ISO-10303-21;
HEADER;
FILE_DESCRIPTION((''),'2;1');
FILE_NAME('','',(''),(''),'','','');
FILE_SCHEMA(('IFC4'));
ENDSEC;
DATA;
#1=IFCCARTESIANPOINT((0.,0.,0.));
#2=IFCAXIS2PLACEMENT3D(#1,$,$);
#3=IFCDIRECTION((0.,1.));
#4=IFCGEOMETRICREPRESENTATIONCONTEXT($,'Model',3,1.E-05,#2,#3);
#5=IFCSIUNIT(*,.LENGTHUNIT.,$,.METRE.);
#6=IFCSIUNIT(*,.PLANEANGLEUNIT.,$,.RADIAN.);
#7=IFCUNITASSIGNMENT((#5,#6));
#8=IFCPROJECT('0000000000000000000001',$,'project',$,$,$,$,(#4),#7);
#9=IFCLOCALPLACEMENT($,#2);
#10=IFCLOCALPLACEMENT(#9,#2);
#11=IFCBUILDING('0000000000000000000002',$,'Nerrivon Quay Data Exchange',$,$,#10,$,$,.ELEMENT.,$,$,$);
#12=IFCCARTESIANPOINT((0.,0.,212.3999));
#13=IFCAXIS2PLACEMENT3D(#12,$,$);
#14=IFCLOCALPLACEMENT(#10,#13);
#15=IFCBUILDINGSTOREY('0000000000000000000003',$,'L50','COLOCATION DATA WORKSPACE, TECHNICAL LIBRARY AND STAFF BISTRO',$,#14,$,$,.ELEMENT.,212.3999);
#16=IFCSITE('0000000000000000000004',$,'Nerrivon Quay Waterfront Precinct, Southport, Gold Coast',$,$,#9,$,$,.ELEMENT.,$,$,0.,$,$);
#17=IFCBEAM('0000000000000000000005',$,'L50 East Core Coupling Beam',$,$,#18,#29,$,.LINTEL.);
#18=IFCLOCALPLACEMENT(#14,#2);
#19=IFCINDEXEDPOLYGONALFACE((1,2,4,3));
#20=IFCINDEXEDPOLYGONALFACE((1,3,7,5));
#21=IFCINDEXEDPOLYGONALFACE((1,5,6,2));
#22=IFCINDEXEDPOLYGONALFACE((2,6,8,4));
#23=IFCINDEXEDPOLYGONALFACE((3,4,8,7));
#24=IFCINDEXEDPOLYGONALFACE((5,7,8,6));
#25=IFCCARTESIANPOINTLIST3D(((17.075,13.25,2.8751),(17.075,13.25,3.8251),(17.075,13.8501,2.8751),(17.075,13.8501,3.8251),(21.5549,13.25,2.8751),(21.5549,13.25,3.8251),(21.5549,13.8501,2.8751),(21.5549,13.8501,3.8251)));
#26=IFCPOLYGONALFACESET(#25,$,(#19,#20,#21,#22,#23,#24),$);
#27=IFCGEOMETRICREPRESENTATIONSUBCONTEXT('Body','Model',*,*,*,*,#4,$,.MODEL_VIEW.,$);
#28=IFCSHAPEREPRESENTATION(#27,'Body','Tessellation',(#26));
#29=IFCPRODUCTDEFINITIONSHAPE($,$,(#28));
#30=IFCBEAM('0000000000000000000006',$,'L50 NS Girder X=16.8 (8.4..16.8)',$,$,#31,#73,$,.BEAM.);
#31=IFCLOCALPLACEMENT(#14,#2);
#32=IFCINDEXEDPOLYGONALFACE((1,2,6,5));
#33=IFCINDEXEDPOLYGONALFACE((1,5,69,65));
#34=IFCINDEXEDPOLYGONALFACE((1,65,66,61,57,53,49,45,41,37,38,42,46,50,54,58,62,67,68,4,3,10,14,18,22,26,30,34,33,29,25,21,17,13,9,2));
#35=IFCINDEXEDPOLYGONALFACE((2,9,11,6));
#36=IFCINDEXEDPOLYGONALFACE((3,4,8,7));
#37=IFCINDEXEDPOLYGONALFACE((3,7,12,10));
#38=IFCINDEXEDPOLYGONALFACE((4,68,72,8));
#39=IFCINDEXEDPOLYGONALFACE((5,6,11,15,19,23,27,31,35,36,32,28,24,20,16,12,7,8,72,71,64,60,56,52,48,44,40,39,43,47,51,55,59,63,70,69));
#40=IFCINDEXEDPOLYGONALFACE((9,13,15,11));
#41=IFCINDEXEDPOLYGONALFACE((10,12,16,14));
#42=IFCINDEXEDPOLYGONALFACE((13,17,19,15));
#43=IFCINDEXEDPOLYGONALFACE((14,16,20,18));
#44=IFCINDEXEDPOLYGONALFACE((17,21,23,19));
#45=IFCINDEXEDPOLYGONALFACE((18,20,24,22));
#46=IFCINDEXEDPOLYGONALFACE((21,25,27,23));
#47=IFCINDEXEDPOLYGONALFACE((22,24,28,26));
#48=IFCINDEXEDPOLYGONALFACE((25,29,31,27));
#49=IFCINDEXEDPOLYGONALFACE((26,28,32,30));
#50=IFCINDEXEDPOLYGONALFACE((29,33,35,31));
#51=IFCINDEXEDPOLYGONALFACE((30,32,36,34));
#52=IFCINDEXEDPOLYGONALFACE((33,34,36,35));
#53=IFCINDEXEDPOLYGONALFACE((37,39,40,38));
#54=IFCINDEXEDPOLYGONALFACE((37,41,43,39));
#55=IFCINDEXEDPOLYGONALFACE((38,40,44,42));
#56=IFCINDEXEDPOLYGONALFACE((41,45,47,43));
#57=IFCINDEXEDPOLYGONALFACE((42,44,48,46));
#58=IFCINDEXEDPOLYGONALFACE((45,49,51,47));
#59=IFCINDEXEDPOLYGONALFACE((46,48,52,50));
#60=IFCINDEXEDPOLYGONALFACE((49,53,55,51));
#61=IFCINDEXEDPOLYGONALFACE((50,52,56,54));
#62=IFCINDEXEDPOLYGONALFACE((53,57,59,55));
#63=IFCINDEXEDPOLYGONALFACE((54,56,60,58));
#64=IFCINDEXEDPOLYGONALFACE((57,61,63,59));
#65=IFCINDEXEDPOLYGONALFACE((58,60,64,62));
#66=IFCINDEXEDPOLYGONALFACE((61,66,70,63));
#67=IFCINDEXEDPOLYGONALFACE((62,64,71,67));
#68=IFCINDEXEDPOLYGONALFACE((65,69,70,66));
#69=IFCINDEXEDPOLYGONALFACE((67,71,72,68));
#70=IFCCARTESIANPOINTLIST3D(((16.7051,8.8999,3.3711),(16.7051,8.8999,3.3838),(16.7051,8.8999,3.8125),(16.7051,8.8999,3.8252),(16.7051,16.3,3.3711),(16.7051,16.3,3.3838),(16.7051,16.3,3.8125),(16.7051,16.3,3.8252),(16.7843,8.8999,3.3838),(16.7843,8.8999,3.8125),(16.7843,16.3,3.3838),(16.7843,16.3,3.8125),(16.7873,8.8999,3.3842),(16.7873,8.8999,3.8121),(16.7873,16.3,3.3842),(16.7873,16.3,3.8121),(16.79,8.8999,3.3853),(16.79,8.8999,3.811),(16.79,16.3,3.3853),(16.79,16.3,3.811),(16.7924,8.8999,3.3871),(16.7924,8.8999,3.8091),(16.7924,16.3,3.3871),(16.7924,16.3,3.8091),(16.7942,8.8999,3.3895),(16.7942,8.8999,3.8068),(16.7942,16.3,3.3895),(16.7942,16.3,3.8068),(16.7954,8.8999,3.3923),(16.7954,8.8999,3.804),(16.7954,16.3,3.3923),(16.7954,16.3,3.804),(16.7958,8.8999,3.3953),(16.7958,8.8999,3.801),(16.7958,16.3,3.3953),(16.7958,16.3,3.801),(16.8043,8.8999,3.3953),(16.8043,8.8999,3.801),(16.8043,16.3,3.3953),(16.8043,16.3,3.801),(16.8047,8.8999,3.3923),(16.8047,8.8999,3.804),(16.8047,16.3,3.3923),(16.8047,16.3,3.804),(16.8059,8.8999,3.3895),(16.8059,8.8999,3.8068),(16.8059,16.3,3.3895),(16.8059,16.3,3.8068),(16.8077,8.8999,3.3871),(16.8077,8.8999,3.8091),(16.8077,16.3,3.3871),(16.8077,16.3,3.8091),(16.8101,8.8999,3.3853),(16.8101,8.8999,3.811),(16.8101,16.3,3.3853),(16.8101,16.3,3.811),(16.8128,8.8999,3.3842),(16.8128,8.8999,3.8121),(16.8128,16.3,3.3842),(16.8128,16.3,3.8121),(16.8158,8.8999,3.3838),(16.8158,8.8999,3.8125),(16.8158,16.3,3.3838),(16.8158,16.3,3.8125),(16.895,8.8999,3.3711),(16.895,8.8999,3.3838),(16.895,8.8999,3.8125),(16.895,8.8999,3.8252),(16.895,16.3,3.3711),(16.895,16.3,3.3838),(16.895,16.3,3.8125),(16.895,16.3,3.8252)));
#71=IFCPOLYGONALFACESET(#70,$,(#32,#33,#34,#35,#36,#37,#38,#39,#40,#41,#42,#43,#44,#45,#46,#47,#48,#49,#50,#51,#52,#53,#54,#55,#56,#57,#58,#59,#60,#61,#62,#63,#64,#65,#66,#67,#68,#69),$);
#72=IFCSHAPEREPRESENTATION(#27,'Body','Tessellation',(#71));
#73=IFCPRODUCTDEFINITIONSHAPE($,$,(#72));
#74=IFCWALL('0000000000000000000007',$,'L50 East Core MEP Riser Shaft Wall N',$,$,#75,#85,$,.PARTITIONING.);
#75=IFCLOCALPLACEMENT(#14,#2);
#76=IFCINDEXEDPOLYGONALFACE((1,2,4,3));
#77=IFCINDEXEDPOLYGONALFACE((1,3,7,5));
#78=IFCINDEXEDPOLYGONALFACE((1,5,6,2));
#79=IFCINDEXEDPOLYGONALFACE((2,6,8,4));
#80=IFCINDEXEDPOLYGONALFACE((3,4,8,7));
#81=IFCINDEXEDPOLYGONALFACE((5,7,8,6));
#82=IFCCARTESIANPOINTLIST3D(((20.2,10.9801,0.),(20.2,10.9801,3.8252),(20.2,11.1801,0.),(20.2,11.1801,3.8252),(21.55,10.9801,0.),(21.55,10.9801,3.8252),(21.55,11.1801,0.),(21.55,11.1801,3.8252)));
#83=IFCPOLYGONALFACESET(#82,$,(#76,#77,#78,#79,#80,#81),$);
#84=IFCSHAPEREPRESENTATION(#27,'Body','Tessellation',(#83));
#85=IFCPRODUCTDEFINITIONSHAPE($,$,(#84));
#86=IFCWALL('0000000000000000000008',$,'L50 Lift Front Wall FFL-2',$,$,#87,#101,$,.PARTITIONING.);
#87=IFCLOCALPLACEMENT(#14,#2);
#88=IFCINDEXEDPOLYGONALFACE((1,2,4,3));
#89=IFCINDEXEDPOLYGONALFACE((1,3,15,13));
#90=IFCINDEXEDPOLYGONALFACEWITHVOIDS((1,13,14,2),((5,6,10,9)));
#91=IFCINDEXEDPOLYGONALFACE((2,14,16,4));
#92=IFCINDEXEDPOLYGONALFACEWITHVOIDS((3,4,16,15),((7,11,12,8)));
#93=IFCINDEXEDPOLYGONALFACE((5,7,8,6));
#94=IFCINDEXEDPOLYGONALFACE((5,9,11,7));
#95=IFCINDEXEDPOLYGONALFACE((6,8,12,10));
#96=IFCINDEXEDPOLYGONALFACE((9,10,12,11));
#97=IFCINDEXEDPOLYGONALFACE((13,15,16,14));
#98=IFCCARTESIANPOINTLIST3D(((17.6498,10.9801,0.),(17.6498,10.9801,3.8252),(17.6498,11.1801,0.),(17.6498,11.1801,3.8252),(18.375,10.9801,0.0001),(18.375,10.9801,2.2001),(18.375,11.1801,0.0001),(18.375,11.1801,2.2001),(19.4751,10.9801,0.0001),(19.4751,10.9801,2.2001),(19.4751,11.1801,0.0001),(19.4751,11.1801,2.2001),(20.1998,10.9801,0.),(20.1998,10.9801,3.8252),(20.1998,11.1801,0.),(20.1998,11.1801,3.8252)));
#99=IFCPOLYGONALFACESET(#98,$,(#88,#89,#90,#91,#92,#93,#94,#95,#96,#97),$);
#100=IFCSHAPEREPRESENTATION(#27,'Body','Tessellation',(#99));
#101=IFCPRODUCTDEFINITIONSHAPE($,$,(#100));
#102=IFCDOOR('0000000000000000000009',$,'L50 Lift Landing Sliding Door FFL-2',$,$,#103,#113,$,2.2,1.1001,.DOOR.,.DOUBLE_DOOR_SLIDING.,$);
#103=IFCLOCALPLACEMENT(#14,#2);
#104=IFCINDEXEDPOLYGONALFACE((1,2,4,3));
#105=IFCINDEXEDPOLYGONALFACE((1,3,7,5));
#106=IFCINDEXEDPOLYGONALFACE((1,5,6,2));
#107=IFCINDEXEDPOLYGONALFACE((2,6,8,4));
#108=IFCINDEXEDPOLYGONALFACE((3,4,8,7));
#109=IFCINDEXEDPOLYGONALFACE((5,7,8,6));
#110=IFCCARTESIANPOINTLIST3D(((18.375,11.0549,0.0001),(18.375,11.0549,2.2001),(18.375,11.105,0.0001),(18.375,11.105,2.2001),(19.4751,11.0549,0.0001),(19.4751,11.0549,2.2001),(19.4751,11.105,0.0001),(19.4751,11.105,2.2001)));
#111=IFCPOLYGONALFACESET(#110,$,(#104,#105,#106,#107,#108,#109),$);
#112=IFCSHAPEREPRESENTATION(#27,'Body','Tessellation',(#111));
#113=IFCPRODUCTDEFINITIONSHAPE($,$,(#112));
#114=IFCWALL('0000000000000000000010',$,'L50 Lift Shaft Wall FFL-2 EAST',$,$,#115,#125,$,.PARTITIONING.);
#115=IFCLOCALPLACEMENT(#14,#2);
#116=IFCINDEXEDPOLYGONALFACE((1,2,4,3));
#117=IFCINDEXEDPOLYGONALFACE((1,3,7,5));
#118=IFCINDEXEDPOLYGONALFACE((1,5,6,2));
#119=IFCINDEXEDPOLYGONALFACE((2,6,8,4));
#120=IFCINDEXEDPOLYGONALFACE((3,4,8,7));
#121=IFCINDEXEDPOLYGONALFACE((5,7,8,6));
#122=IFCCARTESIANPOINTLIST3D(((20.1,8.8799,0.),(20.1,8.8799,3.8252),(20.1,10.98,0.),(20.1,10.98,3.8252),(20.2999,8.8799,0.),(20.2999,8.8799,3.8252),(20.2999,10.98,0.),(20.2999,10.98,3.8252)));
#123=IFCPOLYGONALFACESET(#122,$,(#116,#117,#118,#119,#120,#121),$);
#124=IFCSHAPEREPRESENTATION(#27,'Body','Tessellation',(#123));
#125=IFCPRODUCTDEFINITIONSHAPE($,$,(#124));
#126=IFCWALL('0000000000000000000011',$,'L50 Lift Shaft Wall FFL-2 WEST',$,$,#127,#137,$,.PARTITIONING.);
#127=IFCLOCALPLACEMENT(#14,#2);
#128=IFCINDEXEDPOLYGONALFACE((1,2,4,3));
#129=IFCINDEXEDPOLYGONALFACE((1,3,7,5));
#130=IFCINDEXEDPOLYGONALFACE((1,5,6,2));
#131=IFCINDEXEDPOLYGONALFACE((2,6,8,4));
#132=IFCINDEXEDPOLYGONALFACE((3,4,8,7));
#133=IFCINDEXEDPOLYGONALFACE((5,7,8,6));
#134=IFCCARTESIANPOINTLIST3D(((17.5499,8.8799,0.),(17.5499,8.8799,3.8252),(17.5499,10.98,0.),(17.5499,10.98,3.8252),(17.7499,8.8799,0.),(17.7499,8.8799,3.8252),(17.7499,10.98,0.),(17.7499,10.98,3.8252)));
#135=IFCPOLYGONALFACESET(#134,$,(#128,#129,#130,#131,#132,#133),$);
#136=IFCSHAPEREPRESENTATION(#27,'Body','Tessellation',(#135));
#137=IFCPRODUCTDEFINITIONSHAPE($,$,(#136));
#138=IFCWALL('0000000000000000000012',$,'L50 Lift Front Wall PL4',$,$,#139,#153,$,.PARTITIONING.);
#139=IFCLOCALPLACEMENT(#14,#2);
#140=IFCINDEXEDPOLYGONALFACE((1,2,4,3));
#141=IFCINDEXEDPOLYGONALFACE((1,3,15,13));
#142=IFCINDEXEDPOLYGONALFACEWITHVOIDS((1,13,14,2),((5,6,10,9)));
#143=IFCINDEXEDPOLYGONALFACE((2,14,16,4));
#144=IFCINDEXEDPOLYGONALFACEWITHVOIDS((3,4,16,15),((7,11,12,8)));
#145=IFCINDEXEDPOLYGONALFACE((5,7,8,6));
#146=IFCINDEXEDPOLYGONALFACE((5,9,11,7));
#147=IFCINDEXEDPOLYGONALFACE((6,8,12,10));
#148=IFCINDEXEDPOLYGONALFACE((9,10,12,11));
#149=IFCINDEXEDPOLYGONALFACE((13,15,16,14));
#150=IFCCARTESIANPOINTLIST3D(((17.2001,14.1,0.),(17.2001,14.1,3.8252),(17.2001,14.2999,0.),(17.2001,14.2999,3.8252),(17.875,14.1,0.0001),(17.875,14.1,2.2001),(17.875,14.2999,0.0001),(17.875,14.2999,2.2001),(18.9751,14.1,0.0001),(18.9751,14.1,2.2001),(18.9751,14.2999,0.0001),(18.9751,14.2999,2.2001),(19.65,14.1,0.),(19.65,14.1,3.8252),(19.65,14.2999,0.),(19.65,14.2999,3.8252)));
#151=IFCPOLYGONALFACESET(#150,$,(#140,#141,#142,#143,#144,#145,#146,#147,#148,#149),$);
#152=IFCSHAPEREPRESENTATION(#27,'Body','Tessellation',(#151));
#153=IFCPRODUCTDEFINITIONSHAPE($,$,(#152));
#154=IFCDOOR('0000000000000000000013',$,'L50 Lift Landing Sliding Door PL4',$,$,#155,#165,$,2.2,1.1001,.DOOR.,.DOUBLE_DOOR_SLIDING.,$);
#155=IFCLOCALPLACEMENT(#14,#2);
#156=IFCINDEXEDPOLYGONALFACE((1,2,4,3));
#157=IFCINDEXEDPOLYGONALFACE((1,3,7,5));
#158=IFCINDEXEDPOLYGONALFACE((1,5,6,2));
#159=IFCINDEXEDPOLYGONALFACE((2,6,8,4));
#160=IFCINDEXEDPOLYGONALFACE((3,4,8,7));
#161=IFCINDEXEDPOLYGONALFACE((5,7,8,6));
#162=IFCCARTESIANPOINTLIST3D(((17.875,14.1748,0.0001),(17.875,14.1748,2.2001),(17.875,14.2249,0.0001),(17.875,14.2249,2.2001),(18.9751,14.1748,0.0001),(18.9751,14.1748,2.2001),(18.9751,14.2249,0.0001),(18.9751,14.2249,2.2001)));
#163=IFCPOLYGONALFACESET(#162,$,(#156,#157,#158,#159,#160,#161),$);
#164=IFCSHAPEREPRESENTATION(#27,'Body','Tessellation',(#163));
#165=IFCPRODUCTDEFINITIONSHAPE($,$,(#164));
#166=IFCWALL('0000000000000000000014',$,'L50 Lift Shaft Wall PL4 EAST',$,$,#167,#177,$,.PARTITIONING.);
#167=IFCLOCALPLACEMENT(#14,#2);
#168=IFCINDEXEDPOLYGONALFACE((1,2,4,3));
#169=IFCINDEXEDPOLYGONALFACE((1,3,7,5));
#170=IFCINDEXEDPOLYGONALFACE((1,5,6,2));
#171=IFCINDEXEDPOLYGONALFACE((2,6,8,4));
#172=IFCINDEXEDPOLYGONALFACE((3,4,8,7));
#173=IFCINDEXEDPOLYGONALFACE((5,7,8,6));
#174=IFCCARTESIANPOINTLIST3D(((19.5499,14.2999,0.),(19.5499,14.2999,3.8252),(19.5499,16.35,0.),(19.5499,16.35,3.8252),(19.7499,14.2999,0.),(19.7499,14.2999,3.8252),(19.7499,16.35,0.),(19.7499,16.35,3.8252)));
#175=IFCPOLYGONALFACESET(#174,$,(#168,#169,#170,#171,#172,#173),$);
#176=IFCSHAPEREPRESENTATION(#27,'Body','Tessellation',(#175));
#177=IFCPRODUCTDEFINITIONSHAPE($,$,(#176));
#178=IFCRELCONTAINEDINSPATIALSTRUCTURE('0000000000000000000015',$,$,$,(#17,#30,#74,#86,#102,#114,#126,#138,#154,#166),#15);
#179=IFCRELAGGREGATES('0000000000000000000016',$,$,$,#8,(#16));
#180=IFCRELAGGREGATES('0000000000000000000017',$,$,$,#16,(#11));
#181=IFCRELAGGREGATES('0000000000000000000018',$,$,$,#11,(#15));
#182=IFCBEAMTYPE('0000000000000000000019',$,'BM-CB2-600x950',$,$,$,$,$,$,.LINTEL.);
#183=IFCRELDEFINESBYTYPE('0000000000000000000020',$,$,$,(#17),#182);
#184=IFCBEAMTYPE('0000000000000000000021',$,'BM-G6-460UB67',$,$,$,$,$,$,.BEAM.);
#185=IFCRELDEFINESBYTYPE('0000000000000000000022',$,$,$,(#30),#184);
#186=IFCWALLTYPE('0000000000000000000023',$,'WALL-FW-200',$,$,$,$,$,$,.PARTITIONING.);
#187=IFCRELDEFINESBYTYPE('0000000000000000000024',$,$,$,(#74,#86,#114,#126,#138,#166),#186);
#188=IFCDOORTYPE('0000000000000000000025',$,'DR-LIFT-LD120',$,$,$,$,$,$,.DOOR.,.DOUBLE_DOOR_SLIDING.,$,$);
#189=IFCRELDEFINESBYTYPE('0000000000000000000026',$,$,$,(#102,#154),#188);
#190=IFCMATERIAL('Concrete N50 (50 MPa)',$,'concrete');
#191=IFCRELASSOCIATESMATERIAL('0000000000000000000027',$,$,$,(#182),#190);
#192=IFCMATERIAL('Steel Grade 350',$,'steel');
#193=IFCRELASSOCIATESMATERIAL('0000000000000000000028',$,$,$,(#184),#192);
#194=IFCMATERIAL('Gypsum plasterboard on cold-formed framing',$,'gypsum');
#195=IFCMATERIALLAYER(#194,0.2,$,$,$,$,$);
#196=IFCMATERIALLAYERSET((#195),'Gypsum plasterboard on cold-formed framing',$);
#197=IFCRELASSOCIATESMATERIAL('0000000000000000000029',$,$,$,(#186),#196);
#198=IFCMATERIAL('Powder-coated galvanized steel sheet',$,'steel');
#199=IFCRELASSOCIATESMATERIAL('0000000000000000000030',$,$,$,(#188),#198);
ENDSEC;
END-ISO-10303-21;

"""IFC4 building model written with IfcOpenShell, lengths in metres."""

from ifc_helpers import new_model, si_unit, direction, frame, frame_2d, origin, origin_2d, place, context, subcontext, project, spatial, rectangle, i_section, extrude, material, layer, layer_set, material_profile, profile_set, type_object, element, fill, save


model = new_model("IFC4")

# Units and contexts
model_context = context("Model", 3, precision=1e-05, world=origin(), true_north=direction((0.0, 1.0)))
body_context = subcontext(model_context, "Body", "Model", "MODEL_VIEW")
ifc_project = project(units=[si_unit("LENGTHUNIT", "METRE"), si_unit("PLANEANGLEUNIT", "RADIAN")], contexts=[model_context])

# Site, building, storey
site_placement = place(None, origin())
site = spatial("IfcSite", under=ifc_project, at=site_placement, Name="Nerrivon Quay Waterfront Precinct, Southport, Gold Coast", CompositionType="ELEMENT", RefElevation=0.0)
building_placement = place(site_placement, origin())
building = spatial("IfcBuilding", under=site, at=building_placement, Name="Nerrivon Quay Data Exchange", CompositionType="ELEMENT")
storey_placement = place(building_placement, frame((0.0, 0.0, 212.3999)))
storey = spatial("IfcBuildingStorey", under=building, at=storey_placement, Name="L50", Description="COLOCATION DATA WORKSPACE, TECHNICAL LIBRARY AND STAFF BISTRO", CompositionType="ELEMENT", Elevation=212.3999)

# Beams
ifc_material_1 = material(Name="Concrete N50 (50 MPa)", Category="concrete")
ifc_material_profile_1 = material_profile(ifc_material_1, rectangle(XDim=0.6001, YDim=0.95, at=origin_2d()), Name="RC-CB-600x950")
ifc_profile_set_1 = profile_set([ifc_material_profile_1], Name="Concrete N50 (50 MPa)")
beam_type_1 = type_object("IfcBeamType", Name="BM-CB2-600x950", PredefinedType="LINTEL", material=ifc_profile_set_1)
beam_1_placement = place(storey_placement, frame((17.075, 13.55, 3.3501), z_axis=(1.0, 0.0, 0.0), x_axis=(0.0, 1.0, 0.0)))
element("IfcBeam", 1, at=beam_1_placement, inside=storey, type_object=beam_type_1, Name="L50 East Core Coupling Beam", PredefinedType="LINTEL", context=body_context, shape_type="SweptSolid", body=[
    extrude(rectangle(XDim=0.6001, YDim=0.95, at=origin_2d()), origin(), (0.0, 0.0, 1.0), 4.48),
])
ifc_material_2 = material(Name="Steel Grade 350", Category="steel")
ifc_material_profile_2 = material_profile(ifc_material_2, i_section(OverallWidth=0.1899, OverallDepth=0.4541, WebThickness=0.0085, FlangeThickness=0.0127, FilletRadius=0.0115, at=origin_2d()), Name="460UB67.1")
ifc_profile_set_2 = profile_set([ifc_material_profile_2], Name="Steel Grade 350")
beam_type_2 = type_object("IfcBeamType", Name="BM-G6-460UB67", PredefinedType="BEAM", material=ifc_profile_set_2)
beam_2_placement = place(storey_placement, frame((16.8, 8.8999, 3.5981), z_axis=(0.0, 1.0, 0.0), x_axis=(-1.0, 0.0, 0.0)))
element("IfcBeam", 2, at=beam_2_placement, inside=storey, type_object=beam_type_2, Name="L50 NS Girder X=16.8 (8.4..16.8)", PredefinedType="BEAM", context=body_context, shape_type="SweptSolid", body=[
    extrude(i_section(OverallWidth=0.1899, OverallDepth=0.4541, WebThickness=0.0085, FlangeThickness=0.0127, FilletRadius=0.0115, at=origin_2d()), origin(), (0.0, 0.0, 1.0), 7.4001),
])

# Shared definitions
ifc_material_3 = material(Name="Powder-coated galvanized steel sheet", Category="steel")

# Wall
ifc_material_4 = material(Name="Gypsum plasterboard on cold-formed framing", Category="gypsum")
ifc_layer_1 = layer(ifc_material_4, 0.2)
ifc_layer_set_1 = layer_set([ifc_layer_1], Name="Gypsum plasterboard on cold-formed framing")
wall_type_1 = type_object("IfcWallType", Name="WALL-FW-200", PredefinedType="PARTITIONING", material=ifc_layer_set_1)
wall_1_placement = place(storey_placement, frame((20.2, 11.0801, 0.0), z_axis=(0.0, 0.0, 1.0), x_axis=(1.0, 0.0, 0.0)))
element("IfcWall", 3, at=wall_1_placement, inside=storey, type_object=wall_type_1, Name="L50 East Core MEP Riser Shaft Wall N", PredefinedType="PARTITIONING", context=body_context, shape_type="SweptSolid", body=[
    extrude(rectangle(XDim=1.3501, YDim=0.2, at=frame_2d((0.675, 0.0))), origin(), (0.0, 0.0, 1.0), 3.8252),
])

# Wall, opening, door
wall_2_placement = place(storey_placement, frame((17.6499, 11.0801, 0.0), z_axis=(0.0, 0.0, 1.0), x_axis=(1.0, 0.0, 0.0)))
wall_2 = element("IfcWall", 4, at=wall_2_placement, inside=storey, type_object=wall_type_1, Name="L50 Lift Front Wall FFL-2", PredefinedType="PARTITIONING", context=body_context, shape_type="SweptSolid", body=[
    extrude(rectangle(XDim=2.55, YDim=0.2, at=frame_2d((1.2749, 0.0))), origin(), (0.0, 0.0, 1.0), 3.8252),
])
opening_1_placement = place(wall_2_placement, frame((0.7251, 0.0, 0.0)))
opening_1 = element("IfcOpeningElement", 5, at=opening_1_placement, cuts=wall_2, PredefinedType="OPENING", context=body_context, shape_type="SweptSolid", body=[
    extrude(rectangle(XDim=1.1001, YDim=2.2, at=frame_2d((0.55, 1.1001))), frame((0.0, 0.1099, 0.0), z_axis=(0.0, -1.0, 0.0), x_axis=(1.0, 0.0, 0.0)), (0.0, 0.0, 1.0), 0.22),
])
door_type_1 = type_object("IfcDoorType", Name="DR-LIFT-LD120", OperationType="DOUBLE_DOOR_SLIDING", PredefinedType="DOOR", material=ifc_material_3)
door_1_placement = place(opening_1_placement, origin())
door_1 = element("IfcDoor", 6, at=door_1_placement, inside=storey, type_object=door_type_1, Name="L50 Lift Landing Sliding Door FFL-2", OperationType="DOUBLE_DOOR_SLIDING", OverallHeight=2.2, OverallWidth=1.1001, PredefinedType="DOOR", context=body_context, shape_type="SweptSolid", body=[
    extrude(rectangle(XDim=1.1001, YDim=2.2, at=frame_2d((0.55, 1.1001))), frame((0.0, 0.0249, 0.0), z_axis=(0.0, -1.0, 0.0), x_axis=(1.0, 0.0, 0.0)), (0.0, 0.0, 1.0), 0.05),
])
fill(opening_1, door_1)

# Walls
for number, where, z_axis, x_axis, name in (
    (7, (20.2, 8.8799, 0.0), (0.0, 0.0, 1.0), (0.0, 1.0, 0.0), "L50 Lift Shaft Wall FFL-2 EAST"),
    (8, (17.6499, 8.8799, 0.0), (0.0, 0.0, 1.0), (0.0, 1.0, 0.0), "L50 Lift Shaft Wall FFL-2 WEST"),
):
    element("IfcWall", number, at=place(storey_placement, frame(where, z_axis=z_axis, x_axis=x_axis)), inside=storey, type_object=wall_type_1, Name=name, PredefinedType="PARTITIONING", context=body_context, shape_type="SweptSolid", body=[
        extrude(rectangle(XDim=2.1001, YDim=0.2, at=frame_2d((1.05, 0.0))), origin(), (0.0, 0.0, 1.0), 3.8252),
    ])

# Wall, opening, door
wall_3_placement = place(storey_placement, frame((17.2, 14.2, 0.0), z_axis=(0.0, 0.0, 1.0), x_axis=(1.0, 0.0, 0.0)))
wall_3 = element("IfcWall", 9, at=wall_3_placement, inside=storey, type_object=wall_type_1, Name="L50 Lift Front Wall PL4", PredefinedType="PARTITIONING", context=body_context, shape_type="SweptSolid", body=[
    extrude(rectangle(XDim=2.45, YDim=0.2, at=frame_2d((1.2251, 0.0))), origin(), (0.0, 0.0, 1.0), 3.8252),
])
opening_2_placement = place(wall_3_placement, frame((0.675, 0.0, 0.0)))
opening_2 = element("IfcOpeningElement", 10, at=opening_2_placement, cuts=wall_3, PredefinedType="OPENING", context=body_context, shape_type="SweptSolid", body=[
    extrude(rectangle(XDim=1.1001, YDim=2.2, at=frame_2d((0.55, 1.1001))), frame((0.0, 0.1099, 0.0), z_axis=(0.0, -1.0, 0.0), x_axis=(1.0, 0.0, 0.0)), (0.0, 0.0, 1.0), 0.22),
])
door_2_placement = place(opening_2_placement, origin())
door_2 = element("IfcDoor", 11, at=door_2_placement, inside=storey, type_object=door_type_1, Name="L50 Lift Landing Sliding Door PL4", OperationType="DOUBLE_DOOR_SLIDING", OverallHeight=2.2, OverallWidth=1.1001, PredefinedType="DOOR", context=body_context, shape_type="SweptSolid", body=[
    extrude(rectangle(XDim=1.1001, YDim=2.2, at=frame_2d((0.55, 1.1001))), frame((0.0, 0.0249, 0.0), z_axis=(0.0, -1.0, 0.0), x_axis=(1.0, 0.0, 0.0)), (0.0, 0.0, 1.0), 0.05),
])
fill(opening_2, door_2)

# Wall
wall_4_placement = place(storey_placement, frame((19.6499, 14.3, 0.0), z_axis=(0.0, 0.0, 1.0), x_axis=(0.0, 1.0, 0.0)))
element("IfcWall", 12, at=wall_4_placement, inside=storey, type_object=wall_type_1, Name="L50 Lift Shaft Wall PL4 EAST", PredefinedType="PARTITIONING", context=body_context, shape_type="SweptSolid", body=[
    extrude(rectangle(XDim=2.05, YDim=0.2, at=frame_2d((1.0249, 0.0))), origin(), (0.0, 0.0, 1.0), 3.8252),
])

save(model, "model.ifc")
